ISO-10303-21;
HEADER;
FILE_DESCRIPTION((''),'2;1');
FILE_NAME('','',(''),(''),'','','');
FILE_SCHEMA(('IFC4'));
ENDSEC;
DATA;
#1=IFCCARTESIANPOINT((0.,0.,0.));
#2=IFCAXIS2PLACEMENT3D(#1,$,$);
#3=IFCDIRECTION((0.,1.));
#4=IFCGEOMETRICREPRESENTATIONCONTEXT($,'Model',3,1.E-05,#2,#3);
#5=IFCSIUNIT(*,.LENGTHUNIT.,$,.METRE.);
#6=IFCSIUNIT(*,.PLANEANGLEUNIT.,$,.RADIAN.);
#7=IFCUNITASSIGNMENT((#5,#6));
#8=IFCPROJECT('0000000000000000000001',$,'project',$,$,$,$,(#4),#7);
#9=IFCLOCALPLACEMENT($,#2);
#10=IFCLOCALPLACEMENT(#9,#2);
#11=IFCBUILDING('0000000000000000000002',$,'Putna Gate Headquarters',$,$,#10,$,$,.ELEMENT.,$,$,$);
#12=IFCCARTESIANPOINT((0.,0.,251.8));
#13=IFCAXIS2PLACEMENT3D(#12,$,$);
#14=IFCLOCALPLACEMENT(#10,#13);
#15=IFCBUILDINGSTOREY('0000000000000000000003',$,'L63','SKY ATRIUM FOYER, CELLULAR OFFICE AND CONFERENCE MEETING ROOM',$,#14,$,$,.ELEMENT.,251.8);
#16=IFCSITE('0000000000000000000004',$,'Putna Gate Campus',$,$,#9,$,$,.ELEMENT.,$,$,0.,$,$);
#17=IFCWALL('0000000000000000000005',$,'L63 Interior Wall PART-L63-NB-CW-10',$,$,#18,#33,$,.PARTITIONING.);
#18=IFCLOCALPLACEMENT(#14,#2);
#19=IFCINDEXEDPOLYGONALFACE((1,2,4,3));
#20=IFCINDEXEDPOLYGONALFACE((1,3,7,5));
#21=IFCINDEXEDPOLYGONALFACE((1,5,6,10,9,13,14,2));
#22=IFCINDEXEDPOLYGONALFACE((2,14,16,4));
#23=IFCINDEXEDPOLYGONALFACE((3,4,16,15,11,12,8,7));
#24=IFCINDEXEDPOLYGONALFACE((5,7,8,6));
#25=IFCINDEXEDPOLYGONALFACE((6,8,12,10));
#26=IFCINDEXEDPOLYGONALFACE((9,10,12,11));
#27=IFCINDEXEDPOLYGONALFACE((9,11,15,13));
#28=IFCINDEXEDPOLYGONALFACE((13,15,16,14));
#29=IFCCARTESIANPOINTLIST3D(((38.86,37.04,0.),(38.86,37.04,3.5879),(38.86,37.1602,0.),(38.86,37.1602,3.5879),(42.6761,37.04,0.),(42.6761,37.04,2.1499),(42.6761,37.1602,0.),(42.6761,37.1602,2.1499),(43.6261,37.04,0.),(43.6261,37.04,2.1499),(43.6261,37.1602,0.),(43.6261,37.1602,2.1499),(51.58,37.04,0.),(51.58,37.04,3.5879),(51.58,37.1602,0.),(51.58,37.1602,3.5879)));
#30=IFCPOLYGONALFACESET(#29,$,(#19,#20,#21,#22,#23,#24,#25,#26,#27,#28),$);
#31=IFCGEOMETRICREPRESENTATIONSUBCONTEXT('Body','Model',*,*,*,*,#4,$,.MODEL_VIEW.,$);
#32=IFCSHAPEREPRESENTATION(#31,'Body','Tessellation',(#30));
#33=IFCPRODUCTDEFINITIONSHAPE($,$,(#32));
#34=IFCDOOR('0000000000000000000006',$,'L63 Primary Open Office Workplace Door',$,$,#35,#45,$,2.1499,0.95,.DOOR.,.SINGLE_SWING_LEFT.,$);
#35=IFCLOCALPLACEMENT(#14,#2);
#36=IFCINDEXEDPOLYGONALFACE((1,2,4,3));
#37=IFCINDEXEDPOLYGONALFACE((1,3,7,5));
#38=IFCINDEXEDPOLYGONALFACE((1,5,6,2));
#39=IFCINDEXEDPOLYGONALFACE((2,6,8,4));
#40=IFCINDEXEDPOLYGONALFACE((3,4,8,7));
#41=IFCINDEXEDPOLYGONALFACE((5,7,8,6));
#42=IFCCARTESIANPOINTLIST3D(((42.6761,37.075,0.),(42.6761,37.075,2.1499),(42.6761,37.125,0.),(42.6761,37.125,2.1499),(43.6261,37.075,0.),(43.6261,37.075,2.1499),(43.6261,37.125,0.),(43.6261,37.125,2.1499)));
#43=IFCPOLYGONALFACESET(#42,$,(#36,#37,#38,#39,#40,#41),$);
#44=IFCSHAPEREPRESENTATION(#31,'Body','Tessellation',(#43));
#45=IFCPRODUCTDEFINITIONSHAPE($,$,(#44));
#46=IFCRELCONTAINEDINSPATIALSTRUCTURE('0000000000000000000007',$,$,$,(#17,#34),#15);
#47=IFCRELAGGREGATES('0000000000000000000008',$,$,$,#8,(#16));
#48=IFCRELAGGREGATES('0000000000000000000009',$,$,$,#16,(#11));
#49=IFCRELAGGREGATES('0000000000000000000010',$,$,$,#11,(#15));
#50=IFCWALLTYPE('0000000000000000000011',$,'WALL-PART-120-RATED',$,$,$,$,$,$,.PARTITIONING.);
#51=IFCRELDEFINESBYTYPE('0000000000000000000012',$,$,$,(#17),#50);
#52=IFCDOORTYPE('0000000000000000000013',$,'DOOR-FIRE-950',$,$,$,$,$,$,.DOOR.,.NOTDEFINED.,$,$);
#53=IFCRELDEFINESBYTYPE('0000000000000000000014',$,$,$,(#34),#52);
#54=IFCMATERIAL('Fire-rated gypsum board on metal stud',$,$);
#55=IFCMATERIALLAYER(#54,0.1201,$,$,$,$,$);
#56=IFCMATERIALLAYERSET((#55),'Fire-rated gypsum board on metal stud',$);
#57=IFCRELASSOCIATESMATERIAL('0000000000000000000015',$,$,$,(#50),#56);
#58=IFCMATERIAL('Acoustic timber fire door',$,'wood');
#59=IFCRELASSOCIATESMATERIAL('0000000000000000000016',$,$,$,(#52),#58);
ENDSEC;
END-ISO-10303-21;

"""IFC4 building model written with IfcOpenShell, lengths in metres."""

from ifc_helpers import new_model, si_unit, direction, frame, frame_2d, origin, place, context, subcontext, project, spatial, rectangle, extrude, material, layer, layer_set, type_object, element, fill, save


model = new_model("IFC4")

# Units and contexts
model_context = context("Model", 3, precision=1e-05, world=origin(), true_north=direction((0.0, 1.0)))
body_context = subcontext(model_context, "Body", "Model", "MODEL_VIEW")
ifc_project = project(units=[si_unit("LENGTHUNIT", "METRE"), si_unit("PLANEANGLEUNIT", "RADIAN")], contexts=[model_context])

# Site, building, storey
site_placement = place(None, origin())
site = spatial("IfcSite", under=ifc_project, at=site_placement, Name="Putna Gate Campus", CompositionType="ELEMENT", RefElevation=0.0)
building_placement = place(site_placement, origin())
building = spatial("IfcBuilding", under=site, at=building_placement, Name="Putna Gate Headquarters", CompositionType="ELEMENT")
storey_placement = place(building_placement, frame((0.0, 0.0, 251.8)))
storey = spatial("IfcBuildingStorey", under=building, at=storey_placement, Name="L63", Description="SKY ATRIUM FOYER, CELLULAR OFFICE AND CONFERENCE MEETING ROOM", CompositionType="ELEMENT", Elevation=251.8)

# Shared definitions
ifc_material_1 = material(Name="Fire-rated gypsum board on metal stud")
ifc_layer_1 = layer(ifc_material_1, 0.1201)
ifc_layer_set_1 = layer_set([ifc_layer_1], Name="Fire-rated gypsum board on metal stud")
wall_type_1 = type_object("IfcWallType", Name="WALL-PART-120-RATED", PredefinedType="PARTITIONING", material=ifc_layer_set_1)
ifc_material_2 = material(Name="Acoustic timber fire door", Category="wood")
door_type_1 = type_object("IfcDoorType", Name="DOOR-FIRE-950", OperationType="NOTDEFINED", PredefinedType="DOOR", material=ifc_material_2)

# Wall, opening, door
wall_1_placement = place(storey_placement, frame((38.8601, 37.1001, 0.0), z_axis=(0.0, 0.0, 1.0), x_axis=(1.0, 0.0, 0.0)))
wall_1 = element("IfcWall", 1, at=wall_1_placement, inside=storey, type_object=wall_type_1, Name="L63 Interior Wall PART-L63-NB-CW-10", PredefinedType="PARTITIONING", context=body_context, shape_type="SweptSolid", body=[
    extrude(rectangle(XDim=12.72, YDim=0.1201, at=frame_2d((6.3599, 0.0))), origin(), (0.0, 0.0, 1.0), 3.5879),
])
opening_1_placement = place(wall_1_placement, frame((3.8159, 0.0, 0.0)))
opening_1 = element("IfcOpeningElement", 2, at=opening_1_placement, cuts=wall_1, PredefinedType="OPENING", context=body_context, shape_type="SweptSolid", body=[
    extrude(rectangle(XDim=0.95, YDim=2.1499, at=frame_2d((0.4751, 1.075))), frame((0.0, 0.0701, 0.0), z_axis=(0.0, -1.0, 0.0), x_axis=(1.0, 0.0, 0.0)), (0.0, 0.0, 1.0), 0.1401),
])
door_1_placement = place(opening_1_placement, origin())
door_1 = element("IfcDoor", 3, at=door_1_placement, inside=storey, type_object=door_type_1, Name="L63 Primary Open Office Workplace Door", OperationType="SINGLE_SWING_LEFT", OverallHeight=2.1499, OverallWidth=0.95, PredefinedType="DOOR", context=body_context, shape_type="SweptSolid", body=[
    extrude(rectangle(XDim=0.95, YDim=2.1499, at=frame_2d((0.4751, 1.075))), frame((0.0, 0.0249, 0.0), z_axis=(0.0, -1.0, 0.0), x_axis=(1.0, 0.0, 0.0)), (0.0, 0.0, 1.0), 0.05),
])
fill(opening_1, door_1)

save(model, "model.ifc")
